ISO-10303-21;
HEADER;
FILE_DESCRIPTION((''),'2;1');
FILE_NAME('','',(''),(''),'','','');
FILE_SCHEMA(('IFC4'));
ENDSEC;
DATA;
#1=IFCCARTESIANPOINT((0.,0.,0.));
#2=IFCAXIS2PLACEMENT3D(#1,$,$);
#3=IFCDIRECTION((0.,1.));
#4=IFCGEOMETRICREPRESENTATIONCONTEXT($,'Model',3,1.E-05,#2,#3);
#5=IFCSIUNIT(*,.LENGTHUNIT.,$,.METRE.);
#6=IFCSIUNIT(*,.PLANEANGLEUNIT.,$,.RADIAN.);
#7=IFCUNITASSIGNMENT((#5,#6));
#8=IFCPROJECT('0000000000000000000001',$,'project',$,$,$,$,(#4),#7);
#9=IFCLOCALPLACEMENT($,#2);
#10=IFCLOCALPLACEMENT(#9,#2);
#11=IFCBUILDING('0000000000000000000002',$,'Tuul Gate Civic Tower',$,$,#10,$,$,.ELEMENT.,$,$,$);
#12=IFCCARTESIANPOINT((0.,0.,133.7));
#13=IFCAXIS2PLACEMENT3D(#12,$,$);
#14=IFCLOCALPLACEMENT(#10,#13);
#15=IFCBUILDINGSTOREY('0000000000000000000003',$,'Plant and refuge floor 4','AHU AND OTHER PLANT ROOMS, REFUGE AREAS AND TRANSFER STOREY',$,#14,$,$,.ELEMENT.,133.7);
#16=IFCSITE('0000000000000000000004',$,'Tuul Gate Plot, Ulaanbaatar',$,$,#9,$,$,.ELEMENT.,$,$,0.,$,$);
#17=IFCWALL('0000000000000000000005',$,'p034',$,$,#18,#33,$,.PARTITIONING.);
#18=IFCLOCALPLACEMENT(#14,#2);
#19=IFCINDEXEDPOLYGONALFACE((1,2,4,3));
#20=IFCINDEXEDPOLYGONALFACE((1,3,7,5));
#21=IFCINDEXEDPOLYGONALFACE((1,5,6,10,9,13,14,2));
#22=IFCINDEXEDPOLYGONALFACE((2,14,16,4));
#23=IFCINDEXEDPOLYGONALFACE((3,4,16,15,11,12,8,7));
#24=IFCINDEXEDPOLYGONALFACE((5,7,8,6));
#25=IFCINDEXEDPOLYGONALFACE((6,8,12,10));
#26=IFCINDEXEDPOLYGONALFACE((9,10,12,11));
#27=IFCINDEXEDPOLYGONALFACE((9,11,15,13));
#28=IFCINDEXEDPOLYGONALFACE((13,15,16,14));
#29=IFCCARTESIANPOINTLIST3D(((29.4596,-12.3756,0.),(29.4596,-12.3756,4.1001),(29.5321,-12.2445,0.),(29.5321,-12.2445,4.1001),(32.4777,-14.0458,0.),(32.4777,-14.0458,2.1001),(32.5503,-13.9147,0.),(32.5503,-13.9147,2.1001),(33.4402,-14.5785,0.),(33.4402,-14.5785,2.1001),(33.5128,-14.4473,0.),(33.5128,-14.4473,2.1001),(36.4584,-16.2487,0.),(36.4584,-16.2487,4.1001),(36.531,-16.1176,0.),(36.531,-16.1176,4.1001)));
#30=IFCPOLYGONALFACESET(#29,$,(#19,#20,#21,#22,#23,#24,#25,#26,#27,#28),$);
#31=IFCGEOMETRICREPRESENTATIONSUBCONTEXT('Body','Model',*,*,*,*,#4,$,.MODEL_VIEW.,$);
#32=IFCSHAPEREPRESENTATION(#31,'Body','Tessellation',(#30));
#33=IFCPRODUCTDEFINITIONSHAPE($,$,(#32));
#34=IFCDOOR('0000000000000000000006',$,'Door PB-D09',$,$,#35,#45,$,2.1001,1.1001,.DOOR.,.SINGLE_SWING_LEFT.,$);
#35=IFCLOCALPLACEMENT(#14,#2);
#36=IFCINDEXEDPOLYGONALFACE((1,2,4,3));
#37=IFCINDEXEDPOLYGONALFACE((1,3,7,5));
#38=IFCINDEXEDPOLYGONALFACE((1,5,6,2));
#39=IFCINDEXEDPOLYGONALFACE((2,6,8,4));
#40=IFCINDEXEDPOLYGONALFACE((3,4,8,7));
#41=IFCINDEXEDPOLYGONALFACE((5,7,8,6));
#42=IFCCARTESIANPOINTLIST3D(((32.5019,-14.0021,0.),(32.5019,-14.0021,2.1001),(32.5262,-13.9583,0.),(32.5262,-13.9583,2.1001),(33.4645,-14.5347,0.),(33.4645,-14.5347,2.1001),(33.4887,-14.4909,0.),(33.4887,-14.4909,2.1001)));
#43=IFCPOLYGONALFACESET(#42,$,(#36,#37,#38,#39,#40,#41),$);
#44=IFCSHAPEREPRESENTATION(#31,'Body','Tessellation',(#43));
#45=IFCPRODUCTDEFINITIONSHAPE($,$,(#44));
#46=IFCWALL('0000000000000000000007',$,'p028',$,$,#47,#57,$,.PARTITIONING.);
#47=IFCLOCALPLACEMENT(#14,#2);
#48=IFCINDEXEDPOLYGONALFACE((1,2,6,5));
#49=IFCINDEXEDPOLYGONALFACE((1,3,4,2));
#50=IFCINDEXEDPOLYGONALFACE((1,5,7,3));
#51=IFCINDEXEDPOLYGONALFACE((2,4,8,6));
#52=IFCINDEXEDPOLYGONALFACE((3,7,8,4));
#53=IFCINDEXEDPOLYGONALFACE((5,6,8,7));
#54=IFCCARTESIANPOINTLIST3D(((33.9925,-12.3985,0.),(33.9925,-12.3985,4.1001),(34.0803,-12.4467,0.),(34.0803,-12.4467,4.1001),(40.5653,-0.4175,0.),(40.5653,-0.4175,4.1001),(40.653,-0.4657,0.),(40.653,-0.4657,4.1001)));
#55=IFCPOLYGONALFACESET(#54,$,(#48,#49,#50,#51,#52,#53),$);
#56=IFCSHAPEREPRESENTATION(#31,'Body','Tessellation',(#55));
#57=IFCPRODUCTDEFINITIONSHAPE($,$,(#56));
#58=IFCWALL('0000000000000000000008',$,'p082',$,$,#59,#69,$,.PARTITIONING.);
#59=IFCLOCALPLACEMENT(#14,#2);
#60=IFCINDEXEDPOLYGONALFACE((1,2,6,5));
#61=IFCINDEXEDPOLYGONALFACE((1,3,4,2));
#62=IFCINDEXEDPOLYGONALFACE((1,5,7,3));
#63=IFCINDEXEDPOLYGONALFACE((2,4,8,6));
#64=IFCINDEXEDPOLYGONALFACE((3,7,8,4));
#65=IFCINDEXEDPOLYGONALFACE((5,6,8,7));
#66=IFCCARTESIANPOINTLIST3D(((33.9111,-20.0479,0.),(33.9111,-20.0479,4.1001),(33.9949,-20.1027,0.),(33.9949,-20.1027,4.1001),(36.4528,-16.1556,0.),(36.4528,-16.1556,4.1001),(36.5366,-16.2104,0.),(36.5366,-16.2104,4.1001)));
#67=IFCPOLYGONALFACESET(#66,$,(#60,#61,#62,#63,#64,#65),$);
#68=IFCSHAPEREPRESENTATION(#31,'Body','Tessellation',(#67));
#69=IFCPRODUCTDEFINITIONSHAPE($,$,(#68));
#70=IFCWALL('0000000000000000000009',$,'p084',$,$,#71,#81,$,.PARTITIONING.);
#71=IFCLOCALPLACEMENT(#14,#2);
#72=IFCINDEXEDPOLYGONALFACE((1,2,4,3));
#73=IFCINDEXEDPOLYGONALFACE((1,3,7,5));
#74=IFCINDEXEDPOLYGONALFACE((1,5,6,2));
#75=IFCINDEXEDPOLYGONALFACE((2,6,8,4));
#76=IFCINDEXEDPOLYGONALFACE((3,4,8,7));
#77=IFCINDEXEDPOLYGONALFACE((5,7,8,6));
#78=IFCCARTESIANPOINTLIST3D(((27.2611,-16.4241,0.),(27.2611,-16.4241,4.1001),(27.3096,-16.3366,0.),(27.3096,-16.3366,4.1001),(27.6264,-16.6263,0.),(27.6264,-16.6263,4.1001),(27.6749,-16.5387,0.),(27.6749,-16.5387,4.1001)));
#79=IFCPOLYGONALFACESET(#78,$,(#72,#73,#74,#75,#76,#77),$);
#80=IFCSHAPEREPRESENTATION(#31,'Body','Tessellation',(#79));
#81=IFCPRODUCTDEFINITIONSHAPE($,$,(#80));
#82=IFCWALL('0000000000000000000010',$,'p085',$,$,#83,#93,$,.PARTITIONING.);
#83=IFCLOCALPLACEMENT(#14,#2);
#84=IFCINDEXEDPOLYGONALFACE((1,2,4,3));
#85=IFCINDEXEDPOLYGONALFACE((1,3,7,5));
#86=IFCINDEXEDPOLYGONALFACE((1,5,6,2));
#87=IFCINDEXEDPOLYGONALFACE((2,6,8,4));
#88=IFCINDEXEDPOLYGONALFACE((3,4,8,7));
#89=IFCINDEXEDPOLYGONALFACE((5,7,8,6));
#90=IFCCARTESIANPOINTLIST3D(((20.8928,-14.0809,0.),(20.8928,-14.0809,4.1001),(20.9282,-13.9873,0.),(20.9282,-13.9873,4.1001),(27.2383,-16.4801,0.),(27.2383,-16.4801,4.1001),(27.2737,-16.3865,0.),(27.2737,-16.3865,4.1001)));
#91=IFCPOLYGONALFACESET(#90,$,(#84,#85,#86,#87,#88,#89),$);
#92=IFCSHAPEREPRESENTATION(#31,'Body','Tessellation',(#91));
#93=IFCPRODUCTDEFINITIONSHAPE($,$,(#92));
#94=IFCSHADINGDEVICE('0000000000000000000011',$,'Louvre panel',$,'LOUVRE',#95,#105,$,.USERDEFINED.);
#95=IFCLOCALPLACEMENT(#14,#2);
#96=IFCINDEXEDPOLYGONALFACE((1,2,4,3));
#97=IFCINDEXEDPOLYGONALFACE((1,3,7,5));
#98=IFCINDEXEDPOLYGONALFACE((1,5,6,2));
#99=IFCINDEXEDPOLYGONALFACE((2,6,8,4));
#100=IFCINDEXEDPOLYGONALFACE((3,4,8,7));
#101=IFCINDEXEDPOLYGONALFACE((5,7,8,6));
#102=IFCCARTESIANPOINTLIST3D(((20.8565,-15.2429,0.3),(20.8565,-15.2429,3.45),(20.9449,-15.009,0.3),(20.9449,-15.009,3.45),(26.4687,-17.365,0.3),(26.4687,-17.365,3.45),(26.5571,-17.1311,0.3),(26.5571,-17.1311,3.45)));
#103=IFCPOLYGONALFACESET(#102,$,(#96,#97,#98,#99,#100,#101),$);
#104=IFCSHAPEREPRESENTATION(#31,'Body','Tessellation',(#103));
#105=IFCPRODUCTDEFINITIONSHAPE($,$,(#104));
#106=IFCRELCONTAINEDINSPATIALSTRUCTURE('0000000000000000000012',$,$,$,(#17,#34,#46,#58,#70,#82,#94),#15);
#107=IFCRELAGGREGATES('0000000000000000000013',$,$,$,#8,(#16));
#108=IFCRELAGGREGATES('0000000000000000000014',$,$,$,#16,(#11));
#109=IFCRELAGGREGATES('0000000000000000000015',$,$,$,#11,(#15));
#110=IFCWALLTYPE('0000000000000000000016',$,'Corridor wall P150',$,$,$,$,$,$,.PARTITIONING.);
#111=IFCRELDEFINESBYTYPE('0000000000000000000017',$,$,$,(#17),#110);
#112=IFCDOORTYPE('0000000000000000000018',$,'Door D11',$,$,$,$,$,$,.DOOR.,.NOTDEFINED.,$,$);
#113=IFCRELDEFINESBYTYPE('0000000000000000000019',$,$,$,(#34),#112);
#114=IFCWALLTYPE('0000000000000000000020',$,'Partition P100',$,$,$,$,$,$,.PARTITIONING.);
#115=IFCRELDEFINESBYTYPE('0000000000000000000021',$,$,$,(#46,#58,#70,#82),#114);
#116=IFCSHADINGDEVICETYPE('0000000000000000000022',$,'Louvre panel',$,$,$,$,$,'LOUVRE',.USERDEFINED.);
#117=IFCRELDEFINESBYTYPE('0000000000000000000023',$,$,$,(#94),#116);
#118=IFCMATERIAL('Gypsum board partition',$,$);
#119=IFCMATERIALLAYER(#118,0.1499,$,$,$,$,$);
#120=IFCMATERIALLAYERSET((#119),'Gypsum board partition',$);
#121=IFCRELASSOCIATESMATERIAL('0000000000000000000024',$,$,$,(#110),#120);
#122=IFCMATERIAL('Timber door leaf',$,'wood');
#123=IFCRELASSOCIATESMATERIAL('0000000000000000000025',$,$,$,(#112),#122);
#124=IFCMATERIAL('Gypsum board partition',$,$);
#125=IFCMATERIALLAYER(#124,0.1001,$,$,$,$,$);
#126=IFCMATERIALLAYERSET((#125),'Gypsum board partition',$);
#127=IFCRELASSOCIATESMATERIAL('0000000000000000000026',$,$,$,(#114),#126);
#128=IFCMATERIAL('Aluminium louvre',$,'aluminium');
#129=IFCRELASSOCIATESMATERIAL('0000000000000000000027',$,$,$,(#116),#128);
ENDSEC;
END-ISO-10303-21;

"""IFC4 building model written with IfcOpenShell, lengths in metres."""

from ifc_helpers import new_model, si_unit, direction, frame, frame_2d, origin, origin_2d, place, context, subcontext, project, spatial, rectangle, extrude, material, layer, layer_set, type_object, element, fill, save


model = new_model("IFC4")

# Units and contexts
model_context = context("Model", 3, precision=1e-05, world=origin(), true_north=direction((0.0, 1.0)))
body_context = subcontext(model_context, "Body", "Model", "MODEL_VIEW")
ifc_project = project(units=[si_unit("LENGTHUNIT", "METRE"), si_unit("PLANEANGLEUNIT", "RADIAN")], contexts=[model_context])

# Site, building, storey
site_placement = place(None, origin())
site = spatial("IfcSite", under=ifc_project, at=site_placement, Name="Tuul Gate Plot, Ulaanbaatar", CompositionType="ELEMENT", RefElevation=0.0)
building_placement = place(site_placement, origin())
building = spatial("IfcBuilding", under=site, at=building_placement, Name="Tuul Gate Civic Tower", CompositionType="ELEMENT")
storey_placement = place(building_placement, frame((0.0, 0.0, 133.7)))
storey = spatial("IfcBuildingStorey", under=building, at=storey_placement, Name="Plant and refuge floor 4", Description="AHU AND OTHER PLANT ROOMS, REFUGE AREAS AND TRANSFER STOREY", CompositionType="ELEMENT", Elevation=133.7)

# Wall, opening, door
ifc_material_1 = material(Name="Gypsum board partition")
ifc_layer_1 = layer(ifc_material_1, 0.1499)
ifc_layer_set_1 = layer_set([ifc_layer_1], Name="Gypsum board partition")
wall_type_1 = type_object("IfcWallType", Name="Corridor wall P150", PredefinedType="PARTITIONING", material=ifc_layer_set_1)
ifc_material_2 = material(Name="Timber door leaf", Category="wood")
door_type = type_object("IfcDoorType", Name="Door D11", OperationType="NOTDEFINED", PredefinedType="DOOR", material=ifc_material_2)
wall_1_placement = place(storey_placement, frame((29.4958, -12.3101, 0.0), z_axis=(0.0, 0.0, 1.0), x_axis=(0.874961, -0.484194, 0.0)))
wall_1 = element("IfcWall", 1, at=wall_1_placement, inside=storey, type_object=wall_type_1, Name="p034", PredefinedType="PARTITIONING", context=body_context, shape_type="SweptSolid", body=[
    extrude(rectangle(XDim=7.999, YDim=0.1499, at=frame_2d((3.9995, 0.0))), origin(), (0.0, 0.0, 1.0), 4.1001),
])
opening_1_placement = place(wall_1_placement, frame((3.4495, 0.0, 0.0)))
opening_1 = element("IfcOpeningElement", 2, at=opening_1_placement, cuts=wall_1, PredefinedType="OPENING", context=body_context, shape_type="SweptSolid", body=[
    extrude(rectangle(XDim=1.1001, YDim=2.1001, at=frame_2d((0.55, 1.05))), frame((0.0, 0.085, 0.0), z_axis=(0.0, -1.0, 0.0), x_axis=(1.0, 0.0, 0.0)), (0.0, 0.0, 1.0), 0.1699),
])
door_1_placement = place(opening_1_placement, frame((1.1001, 0.0, 0.0), z_axis=(0.0, 0.0, 1.0), x_axis=(-1.0, 0.0, 0.0)))
door_1 = element("IfcDoor", 3, at=door_1_placement, inside=storey, type_object=door_type, Name="Door PB-D09", OperationType="SINGLE_SWING_LEFT", OverallHeight=2.1001, OverallWidth=1.1001, PredefinedType="DOOR", context=body_context, shape_type="SweptSolid", body=[
    extrude(rectangle(XDim=1.1001, YDim=2.1001, at=frame_2d((0.55, 1.05))), frame((0.0, 0.0249, 0.0), z_axis=(0.0, -1.0, 0.0), x_axis=(1.0, 0.0, 0.0)), (0.0, 0.0, 1.0), 0.05),
])
fill(opening_1, door_1)

# Walls
ifc_material_3 = material(Name="Gypsum board partition")
ifc_layer_2 = layer(ifc_material_3, 0.1001)
ifc_layer_set_2 = layer_set([ifc_layer_2], Name="Gypsum board partition")
wall_type_2 = type_object("IfcWallType", Name="Partition P100", PredefinedType="PARTITIONING", material=ifc_layer_set_2)
wall_2_placement = place(storey_placement, frame((34.0364, -12.4226, 0.0), z_axis=(0.0, 0.0, 1.0), x_axis=(0.480976, 0.876734, 0.0)))
element("IfcWall", 4, at=wall_2_placement, inside=storey, type_object=wall_type_2, Name="p028", PredefinedType="PARTITIONING", context=body_context, shape_type="SweptSolid", body=[
    extrude(rectangle(XDim=13.6655, YDim=0.1001, at=frame_2d((6.8328, 0.0))), origin(), (0.0, 0.0, 1.0), 4.1001),
])
wall_3_placement = place(storey_placement, frame((36.4946, -16.1831, 0.0), z_axis=(0.0, 0.0, 1.0), x_axis=(-0.546761, -0.837289, 0.0)))
element("IfcWall", 5, at=wall_3_placement, inside=storey, type_object=wall_type_2, Name="p082", PredefinedType="PARTITIONING", context=body_context, shape_type="SweptSolid", body=[
    extrude(rectangle(XDim=4.6487, YDim=0.1001, at=frame_2d((2.3242, 0.0))), origin(), (0.0, 0.0, 1.0), 4.1001),
])
wall_4_placement = place(storey_placement, frame((27.6506, -16.5825, 0.0), z_axis=(0.0, 0.0, 1.0), x_axis=(-0.874929, 0.484252, 0.0)))
element("IfcWall", 6, at=wall_4_placement, inside=storey, type_object=wall_type_2, Name="p084", PredefinedType="PARTITIONING", context=body_context, shape_type="SweptSolid", body=[
    extrude(rectangle(XDim=0.4175, YDim=0.1001, at=frame_2d((0.2087, 0.0))), origin(), (0.0, 0.0, 1.0), 4.1001),
])
wall_5_placement = place(storey_placement, frame((27.2561, -16.4333, 0.0), z_axis=(0.0, 0.0, 1.0), x_axis=(-0.935375, 0.353658, 0.0)))
element("IfcWall", 7, at=wall_5_placement, inside=storey, type_object=wall_type_2, Name="p085", PredefinedType="PARTITIONING", context=body_context, shape_type="SweptSolid", body=[
    extrude(rectangle(XDim=6.7839, YDim=0.1001, at=frame_2d((3.3921, 0.0))), origin(), (0.0, 0.0, 1.0), 4.1001),
])

# Shading device
ifc_material_4 = material(Name="Aluminium louvre", Category="aluminium")
shading_device_type = type_object("IfcShadingDeviceType", Name="Louvre panel", ElementType="LOUVRE", PredefinedType="USERDEFINED", material=ifc_material_4)
shading_device_placement = place(storey_placement, frame((23.7068, -16.187, 0.3), z_axis=(0.0, 0.0, 1.0), x_axis=(-0.353685, -0.935365, 0.0)))
element("IfcShadingDevice", 8, at=shading_device_placement, inside=storey, type_object=shading_device_type, Name="Louvre panel", ObjectType="LOUVRE", PredefinedType="USERDEFINED", context=body_context, shape_type="SweptSolid", body=[
    extrude(rectangle(XDim=0.25, YDim=6.0, at=origin_2d()), origin(), (0.0, 0.0, 1.0), 3.1499),
])

save(model, "model.ifc")
